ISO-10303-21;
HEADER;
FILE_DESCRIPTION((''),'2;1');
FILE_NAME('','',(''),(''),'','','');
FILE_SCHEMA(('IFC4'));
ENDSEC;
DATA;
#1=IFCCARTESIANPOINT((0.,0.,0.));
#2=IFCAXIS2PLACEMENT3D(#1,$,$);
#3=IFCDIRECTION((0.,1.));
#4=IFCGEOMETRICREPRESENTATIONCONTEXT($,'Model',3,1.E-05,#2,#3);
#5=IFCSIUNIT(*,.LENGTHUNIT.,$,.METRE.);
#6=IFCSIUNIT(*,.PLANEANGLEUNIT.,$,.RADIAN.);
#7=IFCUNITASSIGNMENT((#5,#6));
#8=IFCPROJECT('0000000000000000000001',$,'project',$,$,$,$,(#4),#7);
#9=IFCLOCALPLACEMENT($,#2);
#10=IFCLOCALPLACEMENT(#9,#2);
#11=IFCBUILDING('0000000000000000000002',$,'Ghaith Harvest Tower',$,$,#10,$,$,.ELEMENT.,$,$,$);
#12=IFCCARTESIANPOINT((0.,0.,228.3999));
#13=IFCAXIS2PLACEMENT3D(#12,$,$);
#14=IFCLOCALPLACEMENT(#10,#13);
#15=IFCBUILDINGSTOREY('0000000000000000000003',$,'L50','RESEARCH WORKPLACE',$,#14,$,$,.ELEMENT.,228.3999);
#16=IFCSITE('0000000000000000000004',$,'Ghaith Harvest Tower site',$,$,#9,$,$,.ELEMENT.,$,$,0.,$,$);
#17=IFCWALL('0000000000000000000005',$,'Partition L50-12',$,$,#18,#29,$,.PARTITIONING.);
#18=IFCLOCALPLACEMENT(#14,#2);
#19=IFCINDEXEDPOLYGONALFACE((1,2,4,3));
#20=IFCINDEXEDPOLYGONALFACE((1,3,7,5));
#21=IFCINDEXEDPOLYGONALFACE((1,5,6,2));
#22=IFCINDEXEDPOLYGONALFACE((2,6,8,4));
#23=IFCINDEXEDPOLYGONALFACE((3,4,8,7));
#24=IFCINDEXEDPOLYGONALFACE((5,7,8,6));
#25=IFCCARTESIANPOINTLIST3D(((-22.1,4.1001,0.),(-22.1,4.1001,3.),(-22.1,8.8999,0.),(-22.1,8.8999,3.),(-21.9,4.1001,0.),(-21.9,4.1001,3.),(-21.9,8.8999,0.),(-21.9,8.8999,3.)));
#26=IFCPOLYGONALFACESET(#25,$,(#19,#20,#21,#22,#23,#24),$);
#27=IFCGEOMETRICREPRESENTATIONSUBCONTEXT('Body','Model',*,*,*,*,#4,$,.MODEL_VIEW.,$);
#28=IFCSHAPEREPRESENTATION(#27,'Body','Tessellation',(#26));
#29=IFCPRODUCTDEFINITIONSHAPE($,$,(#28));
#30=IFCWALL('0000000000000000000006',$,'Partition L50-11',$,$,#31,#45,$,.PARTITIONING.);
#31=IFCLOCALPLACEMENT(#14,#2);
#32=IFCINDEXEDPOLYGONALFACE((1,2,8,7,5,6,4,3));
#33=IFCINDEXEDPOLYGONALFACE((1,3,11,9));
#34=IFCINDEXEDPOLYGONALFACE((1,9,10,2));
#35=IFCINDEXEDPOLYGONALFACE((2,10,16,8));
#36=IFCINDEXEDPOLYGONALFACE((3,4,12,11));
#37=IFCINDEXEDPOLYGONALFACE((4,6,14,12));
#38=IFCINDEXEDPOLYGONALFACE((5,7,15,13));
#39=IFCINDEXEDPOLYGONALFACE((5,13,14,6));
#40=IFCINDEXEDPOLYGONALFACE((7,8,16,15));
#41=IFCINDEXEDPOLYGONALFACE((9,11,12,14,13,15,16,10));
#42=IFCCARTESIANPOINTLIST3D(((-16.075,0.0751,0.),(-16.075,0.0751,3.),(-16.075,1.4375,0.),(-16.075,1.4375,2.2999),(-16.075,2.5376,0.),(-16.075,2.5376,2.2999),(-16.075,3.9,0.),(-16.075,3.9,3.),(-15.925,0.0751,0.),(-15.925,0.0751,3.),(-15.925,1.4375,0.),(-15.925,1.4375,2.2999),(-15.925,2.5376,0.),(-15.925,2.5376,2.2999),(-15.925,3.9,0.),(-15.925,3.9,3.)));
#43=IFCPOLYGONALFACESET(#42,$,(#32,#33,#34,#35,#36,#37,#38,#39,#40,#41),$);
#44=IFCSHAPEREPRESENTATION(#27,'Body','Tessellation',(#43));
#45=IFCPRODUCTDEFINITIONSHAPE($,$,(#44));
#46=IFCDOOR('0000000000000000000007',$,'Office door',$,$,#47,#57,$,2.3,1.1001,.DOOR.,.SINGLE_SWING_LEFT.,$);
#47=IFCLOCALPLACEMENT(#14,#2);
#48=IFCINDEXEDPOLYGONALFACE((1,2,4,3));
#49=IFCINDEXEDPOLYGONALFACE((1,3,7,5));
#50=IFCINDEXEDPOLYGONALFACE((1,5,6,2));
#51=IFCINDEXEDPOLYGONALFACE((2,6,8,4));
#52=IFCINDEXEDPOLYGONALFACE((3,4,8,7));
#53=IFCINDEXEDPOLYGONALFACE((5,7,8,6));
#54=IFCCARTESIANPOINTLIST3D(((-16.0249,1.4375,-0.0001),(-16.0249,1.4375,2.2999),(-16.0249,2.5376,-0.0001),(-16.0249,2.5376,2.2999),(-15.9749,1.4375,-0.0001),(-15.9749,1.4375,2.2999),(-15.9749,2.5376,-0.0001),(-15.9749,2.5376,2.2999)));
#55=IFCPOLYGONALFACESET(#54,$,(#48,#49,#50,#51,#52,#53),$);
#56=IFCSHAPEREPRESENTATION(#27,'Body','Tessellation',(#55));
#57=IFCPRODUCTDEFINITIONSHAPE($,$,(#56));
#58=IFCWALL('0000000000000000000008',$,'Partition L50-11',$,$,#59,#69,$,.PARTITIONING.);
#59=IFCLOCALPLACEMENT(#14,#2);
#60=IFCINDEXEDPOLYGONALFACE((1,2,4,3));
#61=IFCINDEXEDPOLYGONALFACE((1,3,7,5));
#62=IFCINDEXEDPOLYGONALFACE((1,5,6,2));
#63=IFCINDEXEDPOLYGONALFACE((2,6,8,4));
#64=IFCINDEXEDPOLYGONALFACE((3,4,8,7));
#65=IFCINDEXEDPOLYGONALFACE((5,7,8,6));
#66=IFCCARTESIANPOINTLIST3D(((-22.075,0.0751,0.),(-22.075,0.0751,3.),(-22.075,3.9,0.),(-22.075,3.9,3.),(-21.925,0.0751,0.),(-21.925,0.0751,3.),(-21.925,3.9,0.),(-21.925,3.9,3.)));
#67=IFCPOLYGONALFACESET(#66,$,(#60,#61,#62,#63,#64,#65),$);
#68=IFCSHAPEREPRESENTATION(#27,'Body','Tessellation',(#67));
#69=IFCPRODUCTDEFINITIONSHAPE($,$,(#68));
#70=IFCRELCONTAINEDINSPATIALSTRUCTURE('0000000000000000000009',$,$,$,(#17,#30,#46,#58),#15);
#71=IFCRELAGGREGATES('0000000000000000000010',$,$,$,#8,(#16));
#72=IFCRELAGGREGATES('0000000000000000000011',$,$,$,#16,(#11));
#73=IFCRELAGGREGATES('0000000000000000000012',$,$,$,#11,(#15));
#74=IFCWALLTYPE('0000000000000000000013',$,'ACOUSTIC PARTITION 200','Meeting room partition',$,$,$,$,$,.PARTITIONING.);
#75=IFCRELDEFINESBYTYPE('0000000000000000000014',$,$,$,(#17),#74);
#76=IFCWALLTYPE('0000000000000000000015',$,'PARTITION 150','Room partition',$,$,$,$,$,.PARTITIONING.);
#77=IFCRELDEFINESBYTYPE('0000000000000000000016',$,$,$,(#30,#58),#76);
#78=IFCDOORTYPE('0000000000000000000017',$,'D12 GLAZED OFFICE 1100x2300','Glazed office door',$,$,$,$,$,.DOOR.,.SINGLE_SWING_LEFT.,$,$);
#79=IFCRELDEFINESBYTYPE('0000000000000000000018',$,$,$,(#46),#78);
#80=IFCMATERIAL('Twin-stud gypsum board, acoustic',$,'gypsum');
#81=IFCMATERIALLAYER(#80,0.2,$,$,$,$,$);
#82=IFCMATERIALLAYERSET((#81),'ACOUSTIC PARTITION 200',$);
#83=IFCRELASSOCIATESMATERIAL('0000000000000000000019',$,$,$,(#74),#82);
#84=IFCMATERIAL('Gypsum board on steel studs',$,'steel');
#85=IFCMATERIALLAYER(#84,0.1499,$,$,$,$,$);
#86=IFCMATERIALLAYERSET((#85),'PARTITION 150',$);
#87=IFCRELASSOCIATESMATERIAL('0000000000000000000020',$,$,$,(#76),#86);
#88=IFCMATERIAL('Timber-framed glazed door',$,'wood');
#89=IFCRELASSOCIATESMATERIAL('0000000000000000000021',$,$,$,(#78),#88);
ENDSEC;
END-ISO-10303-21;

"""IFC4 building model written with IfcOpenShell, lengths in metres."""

from ifc_helpers import new_model, si_unit, direction, frame, frame_2d, origin, place, context, subcontext, project, spatial, rectangle, extrude, material, layer, layer_set, type_object, element, fill, save


model = new_model("IFC4")

# Units and contexts
model_context = context("Model", 3, precision=1e-05, world=origin(), true_north=direction((0.0, 1.0)))
body_context = subcontext(model_context, "Body", "Model", "MODEL_VIEW")
ifc_project = project(units=[si_unit("LENGTHUNIT", "METRE"), si_unit("PLANEANGLEUNIT", "RADIAN")], contexts=[model_context])

# Site, building, storey
site_placement = place(None, origin())
site = spatial("IfcSite", under=ifc_project, at=site_placement, Name="Ghaith Harvest Tower site", CompositionType="ELEMENT", RefElevation=0.0)
building_placement = place(site_placement, origin())
building = spatial("IfcBuilding", under=site, at=building_placement, Name="Ghaith Harvest Tower", CompositionType="ELEMENT")
storey_placement = place(building_placement, frame((0.0, 0.0, 228.3999)))
storey = spatial("IfcBuildingStorey", under=building, at=storey_placement, Name="L50", Description="RESEARCH WORKPLACE", CompositionType="ELEMENT", Elevation=228.3999)

# Shared definitions
ifc_material_1 = material(Name="Twin-stud gypsum board, acoustic", Category="gypsum")
ifc_layer_1 = layer(ifc_material_1, 0.2)
ifc_layer_set_1 = layer_set([ifc_layer_1], Name="ACOUSTIC PARTITION 200")
wall_type_1 = type_object("IfcWallType", Name="ACOUSTIC PARTITION 200", Description="Meeting room partition", PredefinedType="PARTITIONING", material=ifc_layer_set_1)

# Wall
wall_1_placement = place(storey_placement, frame((-22.0, 4.1001, 0.0), z_axis=(0.0, 0.0, 1.0), x_axis=(0.0, 1.0, 0.0)))
element("IfcWall", 1, at=wall_1_placement, inside=storey, type_object=wall_type_1, Name="Partition L50-12", PredefinedType="PARTITIONING", context=body_context, shape_type="SweptSolid", body=[
    extrude(rectangle(XDim=4.7998, YDim=0.2, at=frame_2d((2.3999, 0.0))), origin(), (0.0, 0.0, 1.0), 3.0),
])

# Wall, opening, door
ifc_material_2 = material(Name="Gypsum board on steel studs", Category="steel")
ifc_layer_2 = layer(ifc_material_2, 0.1499)
ifc_layer_set_2 = layer_set([ifc_layer_2], Name="PARTITION 150")
wall_type_2 = type_object("IfcWallType", Name="PARTITION 150", Description="Room partition", PredefinedType="PARTITIONING", material=ifc_layer_set_2)
wall_2_placement = place(storey_placement, frame((-16.0, 0.075, 0.0), z_axis=(0.0, 0.0, 1.0), x_axis=(0.0, 1.0, 0.0)))
wall_2 = element("IfcWall", 2, at=wall_2_placement, inside=storey, type_object=wall_type_2, Name="Partition L50-11", PredefinedType="PARTITIONING", context=body_context, shape_type="SweptSolid", body=[
    extrude(rectangle(XDim=3.825, YDim=0.1499, at=frame_2d((1.9126, 0.0))), origin(), (0.0, 0.0, 1.0), 3.0),
])
opening_1_placement = place(wall_2_placement, frame((1.3625, 0.0, 0.0)))
opening_1 = element("IfcOpeningElement", 3, at=opening_1_placement, cuts=wall_2, PredefinedType="OPENING", context=body_context, shape_type="SweptSolid", body=[
    extrude(rectangle(XDim=1.1001, YDim=2.3, at=frame_2d((0.55, 1.1499))), frame((0.0, 0.085, 0.0), z_axis=(0.0, -1.0, 0.0), x_axis=(1.0, 0.0, 0.0)), (0.0, 0.0, 1.0), 0.1699),
])
ifc_material_3 = material(Name="Timber-framed glazed door", Category="wood")
door_type_1 = type_object("IfcDoorType", Name="D12 GLAZED OFFICE 1100x2300", Description="Glazed office door", OperationType="SINGLE_SWING_LEFT", PredefinedType="DOOR", material=ifc_material_3)
door_1_placement = place(opening_1_placement, origin())
door_1 = element("IfcDoor", 4, at=door_1_placement, inside=storey, type_object=door_type_1, Name="Office door", OperationType="SINGLE_SWING_LEFT", OverallHeight=2.3, OverallWidth=1.1001, PredefinedType="DOOR", context=body_context, shape_type="SweptSolid", body=[
    extrude(rectangle(XDim=1.1001, YDim=2.3, at=frame_2d((0.55, 1.1499))), frame((0.0, 0.0249, 0.0), z_axis=(0.0, -1.0, 0.0), x_axis=(1.0, 0.0, 0.0)), (0.0, 0.0, 1.0), 0.05),
])
fill(opening_1, door_1)

# Wall
wall_3_placement = place(storey_placement, frame((-22.0, 0.075, 0.0), z_axis=(0.0, 0.0, 1.0), x_axis=(0.0, 1.0, 0.0)))
element("IfcWall", 5, at=wall_3_placement, inside=storey, type_object=wall_type_2, Name="Partition L50-11", PredefinedType="PARTITIONING", context=body_context, shape_type="SweptSolid", body=[
    extrude(rectangle(XDim=3.825, YDim=0.1499, at=frame_2d((1.9126, 0.0))), origin(), (0.0, 0.0, 1.0), 3.0),
])

save(model, "model.ifc")
